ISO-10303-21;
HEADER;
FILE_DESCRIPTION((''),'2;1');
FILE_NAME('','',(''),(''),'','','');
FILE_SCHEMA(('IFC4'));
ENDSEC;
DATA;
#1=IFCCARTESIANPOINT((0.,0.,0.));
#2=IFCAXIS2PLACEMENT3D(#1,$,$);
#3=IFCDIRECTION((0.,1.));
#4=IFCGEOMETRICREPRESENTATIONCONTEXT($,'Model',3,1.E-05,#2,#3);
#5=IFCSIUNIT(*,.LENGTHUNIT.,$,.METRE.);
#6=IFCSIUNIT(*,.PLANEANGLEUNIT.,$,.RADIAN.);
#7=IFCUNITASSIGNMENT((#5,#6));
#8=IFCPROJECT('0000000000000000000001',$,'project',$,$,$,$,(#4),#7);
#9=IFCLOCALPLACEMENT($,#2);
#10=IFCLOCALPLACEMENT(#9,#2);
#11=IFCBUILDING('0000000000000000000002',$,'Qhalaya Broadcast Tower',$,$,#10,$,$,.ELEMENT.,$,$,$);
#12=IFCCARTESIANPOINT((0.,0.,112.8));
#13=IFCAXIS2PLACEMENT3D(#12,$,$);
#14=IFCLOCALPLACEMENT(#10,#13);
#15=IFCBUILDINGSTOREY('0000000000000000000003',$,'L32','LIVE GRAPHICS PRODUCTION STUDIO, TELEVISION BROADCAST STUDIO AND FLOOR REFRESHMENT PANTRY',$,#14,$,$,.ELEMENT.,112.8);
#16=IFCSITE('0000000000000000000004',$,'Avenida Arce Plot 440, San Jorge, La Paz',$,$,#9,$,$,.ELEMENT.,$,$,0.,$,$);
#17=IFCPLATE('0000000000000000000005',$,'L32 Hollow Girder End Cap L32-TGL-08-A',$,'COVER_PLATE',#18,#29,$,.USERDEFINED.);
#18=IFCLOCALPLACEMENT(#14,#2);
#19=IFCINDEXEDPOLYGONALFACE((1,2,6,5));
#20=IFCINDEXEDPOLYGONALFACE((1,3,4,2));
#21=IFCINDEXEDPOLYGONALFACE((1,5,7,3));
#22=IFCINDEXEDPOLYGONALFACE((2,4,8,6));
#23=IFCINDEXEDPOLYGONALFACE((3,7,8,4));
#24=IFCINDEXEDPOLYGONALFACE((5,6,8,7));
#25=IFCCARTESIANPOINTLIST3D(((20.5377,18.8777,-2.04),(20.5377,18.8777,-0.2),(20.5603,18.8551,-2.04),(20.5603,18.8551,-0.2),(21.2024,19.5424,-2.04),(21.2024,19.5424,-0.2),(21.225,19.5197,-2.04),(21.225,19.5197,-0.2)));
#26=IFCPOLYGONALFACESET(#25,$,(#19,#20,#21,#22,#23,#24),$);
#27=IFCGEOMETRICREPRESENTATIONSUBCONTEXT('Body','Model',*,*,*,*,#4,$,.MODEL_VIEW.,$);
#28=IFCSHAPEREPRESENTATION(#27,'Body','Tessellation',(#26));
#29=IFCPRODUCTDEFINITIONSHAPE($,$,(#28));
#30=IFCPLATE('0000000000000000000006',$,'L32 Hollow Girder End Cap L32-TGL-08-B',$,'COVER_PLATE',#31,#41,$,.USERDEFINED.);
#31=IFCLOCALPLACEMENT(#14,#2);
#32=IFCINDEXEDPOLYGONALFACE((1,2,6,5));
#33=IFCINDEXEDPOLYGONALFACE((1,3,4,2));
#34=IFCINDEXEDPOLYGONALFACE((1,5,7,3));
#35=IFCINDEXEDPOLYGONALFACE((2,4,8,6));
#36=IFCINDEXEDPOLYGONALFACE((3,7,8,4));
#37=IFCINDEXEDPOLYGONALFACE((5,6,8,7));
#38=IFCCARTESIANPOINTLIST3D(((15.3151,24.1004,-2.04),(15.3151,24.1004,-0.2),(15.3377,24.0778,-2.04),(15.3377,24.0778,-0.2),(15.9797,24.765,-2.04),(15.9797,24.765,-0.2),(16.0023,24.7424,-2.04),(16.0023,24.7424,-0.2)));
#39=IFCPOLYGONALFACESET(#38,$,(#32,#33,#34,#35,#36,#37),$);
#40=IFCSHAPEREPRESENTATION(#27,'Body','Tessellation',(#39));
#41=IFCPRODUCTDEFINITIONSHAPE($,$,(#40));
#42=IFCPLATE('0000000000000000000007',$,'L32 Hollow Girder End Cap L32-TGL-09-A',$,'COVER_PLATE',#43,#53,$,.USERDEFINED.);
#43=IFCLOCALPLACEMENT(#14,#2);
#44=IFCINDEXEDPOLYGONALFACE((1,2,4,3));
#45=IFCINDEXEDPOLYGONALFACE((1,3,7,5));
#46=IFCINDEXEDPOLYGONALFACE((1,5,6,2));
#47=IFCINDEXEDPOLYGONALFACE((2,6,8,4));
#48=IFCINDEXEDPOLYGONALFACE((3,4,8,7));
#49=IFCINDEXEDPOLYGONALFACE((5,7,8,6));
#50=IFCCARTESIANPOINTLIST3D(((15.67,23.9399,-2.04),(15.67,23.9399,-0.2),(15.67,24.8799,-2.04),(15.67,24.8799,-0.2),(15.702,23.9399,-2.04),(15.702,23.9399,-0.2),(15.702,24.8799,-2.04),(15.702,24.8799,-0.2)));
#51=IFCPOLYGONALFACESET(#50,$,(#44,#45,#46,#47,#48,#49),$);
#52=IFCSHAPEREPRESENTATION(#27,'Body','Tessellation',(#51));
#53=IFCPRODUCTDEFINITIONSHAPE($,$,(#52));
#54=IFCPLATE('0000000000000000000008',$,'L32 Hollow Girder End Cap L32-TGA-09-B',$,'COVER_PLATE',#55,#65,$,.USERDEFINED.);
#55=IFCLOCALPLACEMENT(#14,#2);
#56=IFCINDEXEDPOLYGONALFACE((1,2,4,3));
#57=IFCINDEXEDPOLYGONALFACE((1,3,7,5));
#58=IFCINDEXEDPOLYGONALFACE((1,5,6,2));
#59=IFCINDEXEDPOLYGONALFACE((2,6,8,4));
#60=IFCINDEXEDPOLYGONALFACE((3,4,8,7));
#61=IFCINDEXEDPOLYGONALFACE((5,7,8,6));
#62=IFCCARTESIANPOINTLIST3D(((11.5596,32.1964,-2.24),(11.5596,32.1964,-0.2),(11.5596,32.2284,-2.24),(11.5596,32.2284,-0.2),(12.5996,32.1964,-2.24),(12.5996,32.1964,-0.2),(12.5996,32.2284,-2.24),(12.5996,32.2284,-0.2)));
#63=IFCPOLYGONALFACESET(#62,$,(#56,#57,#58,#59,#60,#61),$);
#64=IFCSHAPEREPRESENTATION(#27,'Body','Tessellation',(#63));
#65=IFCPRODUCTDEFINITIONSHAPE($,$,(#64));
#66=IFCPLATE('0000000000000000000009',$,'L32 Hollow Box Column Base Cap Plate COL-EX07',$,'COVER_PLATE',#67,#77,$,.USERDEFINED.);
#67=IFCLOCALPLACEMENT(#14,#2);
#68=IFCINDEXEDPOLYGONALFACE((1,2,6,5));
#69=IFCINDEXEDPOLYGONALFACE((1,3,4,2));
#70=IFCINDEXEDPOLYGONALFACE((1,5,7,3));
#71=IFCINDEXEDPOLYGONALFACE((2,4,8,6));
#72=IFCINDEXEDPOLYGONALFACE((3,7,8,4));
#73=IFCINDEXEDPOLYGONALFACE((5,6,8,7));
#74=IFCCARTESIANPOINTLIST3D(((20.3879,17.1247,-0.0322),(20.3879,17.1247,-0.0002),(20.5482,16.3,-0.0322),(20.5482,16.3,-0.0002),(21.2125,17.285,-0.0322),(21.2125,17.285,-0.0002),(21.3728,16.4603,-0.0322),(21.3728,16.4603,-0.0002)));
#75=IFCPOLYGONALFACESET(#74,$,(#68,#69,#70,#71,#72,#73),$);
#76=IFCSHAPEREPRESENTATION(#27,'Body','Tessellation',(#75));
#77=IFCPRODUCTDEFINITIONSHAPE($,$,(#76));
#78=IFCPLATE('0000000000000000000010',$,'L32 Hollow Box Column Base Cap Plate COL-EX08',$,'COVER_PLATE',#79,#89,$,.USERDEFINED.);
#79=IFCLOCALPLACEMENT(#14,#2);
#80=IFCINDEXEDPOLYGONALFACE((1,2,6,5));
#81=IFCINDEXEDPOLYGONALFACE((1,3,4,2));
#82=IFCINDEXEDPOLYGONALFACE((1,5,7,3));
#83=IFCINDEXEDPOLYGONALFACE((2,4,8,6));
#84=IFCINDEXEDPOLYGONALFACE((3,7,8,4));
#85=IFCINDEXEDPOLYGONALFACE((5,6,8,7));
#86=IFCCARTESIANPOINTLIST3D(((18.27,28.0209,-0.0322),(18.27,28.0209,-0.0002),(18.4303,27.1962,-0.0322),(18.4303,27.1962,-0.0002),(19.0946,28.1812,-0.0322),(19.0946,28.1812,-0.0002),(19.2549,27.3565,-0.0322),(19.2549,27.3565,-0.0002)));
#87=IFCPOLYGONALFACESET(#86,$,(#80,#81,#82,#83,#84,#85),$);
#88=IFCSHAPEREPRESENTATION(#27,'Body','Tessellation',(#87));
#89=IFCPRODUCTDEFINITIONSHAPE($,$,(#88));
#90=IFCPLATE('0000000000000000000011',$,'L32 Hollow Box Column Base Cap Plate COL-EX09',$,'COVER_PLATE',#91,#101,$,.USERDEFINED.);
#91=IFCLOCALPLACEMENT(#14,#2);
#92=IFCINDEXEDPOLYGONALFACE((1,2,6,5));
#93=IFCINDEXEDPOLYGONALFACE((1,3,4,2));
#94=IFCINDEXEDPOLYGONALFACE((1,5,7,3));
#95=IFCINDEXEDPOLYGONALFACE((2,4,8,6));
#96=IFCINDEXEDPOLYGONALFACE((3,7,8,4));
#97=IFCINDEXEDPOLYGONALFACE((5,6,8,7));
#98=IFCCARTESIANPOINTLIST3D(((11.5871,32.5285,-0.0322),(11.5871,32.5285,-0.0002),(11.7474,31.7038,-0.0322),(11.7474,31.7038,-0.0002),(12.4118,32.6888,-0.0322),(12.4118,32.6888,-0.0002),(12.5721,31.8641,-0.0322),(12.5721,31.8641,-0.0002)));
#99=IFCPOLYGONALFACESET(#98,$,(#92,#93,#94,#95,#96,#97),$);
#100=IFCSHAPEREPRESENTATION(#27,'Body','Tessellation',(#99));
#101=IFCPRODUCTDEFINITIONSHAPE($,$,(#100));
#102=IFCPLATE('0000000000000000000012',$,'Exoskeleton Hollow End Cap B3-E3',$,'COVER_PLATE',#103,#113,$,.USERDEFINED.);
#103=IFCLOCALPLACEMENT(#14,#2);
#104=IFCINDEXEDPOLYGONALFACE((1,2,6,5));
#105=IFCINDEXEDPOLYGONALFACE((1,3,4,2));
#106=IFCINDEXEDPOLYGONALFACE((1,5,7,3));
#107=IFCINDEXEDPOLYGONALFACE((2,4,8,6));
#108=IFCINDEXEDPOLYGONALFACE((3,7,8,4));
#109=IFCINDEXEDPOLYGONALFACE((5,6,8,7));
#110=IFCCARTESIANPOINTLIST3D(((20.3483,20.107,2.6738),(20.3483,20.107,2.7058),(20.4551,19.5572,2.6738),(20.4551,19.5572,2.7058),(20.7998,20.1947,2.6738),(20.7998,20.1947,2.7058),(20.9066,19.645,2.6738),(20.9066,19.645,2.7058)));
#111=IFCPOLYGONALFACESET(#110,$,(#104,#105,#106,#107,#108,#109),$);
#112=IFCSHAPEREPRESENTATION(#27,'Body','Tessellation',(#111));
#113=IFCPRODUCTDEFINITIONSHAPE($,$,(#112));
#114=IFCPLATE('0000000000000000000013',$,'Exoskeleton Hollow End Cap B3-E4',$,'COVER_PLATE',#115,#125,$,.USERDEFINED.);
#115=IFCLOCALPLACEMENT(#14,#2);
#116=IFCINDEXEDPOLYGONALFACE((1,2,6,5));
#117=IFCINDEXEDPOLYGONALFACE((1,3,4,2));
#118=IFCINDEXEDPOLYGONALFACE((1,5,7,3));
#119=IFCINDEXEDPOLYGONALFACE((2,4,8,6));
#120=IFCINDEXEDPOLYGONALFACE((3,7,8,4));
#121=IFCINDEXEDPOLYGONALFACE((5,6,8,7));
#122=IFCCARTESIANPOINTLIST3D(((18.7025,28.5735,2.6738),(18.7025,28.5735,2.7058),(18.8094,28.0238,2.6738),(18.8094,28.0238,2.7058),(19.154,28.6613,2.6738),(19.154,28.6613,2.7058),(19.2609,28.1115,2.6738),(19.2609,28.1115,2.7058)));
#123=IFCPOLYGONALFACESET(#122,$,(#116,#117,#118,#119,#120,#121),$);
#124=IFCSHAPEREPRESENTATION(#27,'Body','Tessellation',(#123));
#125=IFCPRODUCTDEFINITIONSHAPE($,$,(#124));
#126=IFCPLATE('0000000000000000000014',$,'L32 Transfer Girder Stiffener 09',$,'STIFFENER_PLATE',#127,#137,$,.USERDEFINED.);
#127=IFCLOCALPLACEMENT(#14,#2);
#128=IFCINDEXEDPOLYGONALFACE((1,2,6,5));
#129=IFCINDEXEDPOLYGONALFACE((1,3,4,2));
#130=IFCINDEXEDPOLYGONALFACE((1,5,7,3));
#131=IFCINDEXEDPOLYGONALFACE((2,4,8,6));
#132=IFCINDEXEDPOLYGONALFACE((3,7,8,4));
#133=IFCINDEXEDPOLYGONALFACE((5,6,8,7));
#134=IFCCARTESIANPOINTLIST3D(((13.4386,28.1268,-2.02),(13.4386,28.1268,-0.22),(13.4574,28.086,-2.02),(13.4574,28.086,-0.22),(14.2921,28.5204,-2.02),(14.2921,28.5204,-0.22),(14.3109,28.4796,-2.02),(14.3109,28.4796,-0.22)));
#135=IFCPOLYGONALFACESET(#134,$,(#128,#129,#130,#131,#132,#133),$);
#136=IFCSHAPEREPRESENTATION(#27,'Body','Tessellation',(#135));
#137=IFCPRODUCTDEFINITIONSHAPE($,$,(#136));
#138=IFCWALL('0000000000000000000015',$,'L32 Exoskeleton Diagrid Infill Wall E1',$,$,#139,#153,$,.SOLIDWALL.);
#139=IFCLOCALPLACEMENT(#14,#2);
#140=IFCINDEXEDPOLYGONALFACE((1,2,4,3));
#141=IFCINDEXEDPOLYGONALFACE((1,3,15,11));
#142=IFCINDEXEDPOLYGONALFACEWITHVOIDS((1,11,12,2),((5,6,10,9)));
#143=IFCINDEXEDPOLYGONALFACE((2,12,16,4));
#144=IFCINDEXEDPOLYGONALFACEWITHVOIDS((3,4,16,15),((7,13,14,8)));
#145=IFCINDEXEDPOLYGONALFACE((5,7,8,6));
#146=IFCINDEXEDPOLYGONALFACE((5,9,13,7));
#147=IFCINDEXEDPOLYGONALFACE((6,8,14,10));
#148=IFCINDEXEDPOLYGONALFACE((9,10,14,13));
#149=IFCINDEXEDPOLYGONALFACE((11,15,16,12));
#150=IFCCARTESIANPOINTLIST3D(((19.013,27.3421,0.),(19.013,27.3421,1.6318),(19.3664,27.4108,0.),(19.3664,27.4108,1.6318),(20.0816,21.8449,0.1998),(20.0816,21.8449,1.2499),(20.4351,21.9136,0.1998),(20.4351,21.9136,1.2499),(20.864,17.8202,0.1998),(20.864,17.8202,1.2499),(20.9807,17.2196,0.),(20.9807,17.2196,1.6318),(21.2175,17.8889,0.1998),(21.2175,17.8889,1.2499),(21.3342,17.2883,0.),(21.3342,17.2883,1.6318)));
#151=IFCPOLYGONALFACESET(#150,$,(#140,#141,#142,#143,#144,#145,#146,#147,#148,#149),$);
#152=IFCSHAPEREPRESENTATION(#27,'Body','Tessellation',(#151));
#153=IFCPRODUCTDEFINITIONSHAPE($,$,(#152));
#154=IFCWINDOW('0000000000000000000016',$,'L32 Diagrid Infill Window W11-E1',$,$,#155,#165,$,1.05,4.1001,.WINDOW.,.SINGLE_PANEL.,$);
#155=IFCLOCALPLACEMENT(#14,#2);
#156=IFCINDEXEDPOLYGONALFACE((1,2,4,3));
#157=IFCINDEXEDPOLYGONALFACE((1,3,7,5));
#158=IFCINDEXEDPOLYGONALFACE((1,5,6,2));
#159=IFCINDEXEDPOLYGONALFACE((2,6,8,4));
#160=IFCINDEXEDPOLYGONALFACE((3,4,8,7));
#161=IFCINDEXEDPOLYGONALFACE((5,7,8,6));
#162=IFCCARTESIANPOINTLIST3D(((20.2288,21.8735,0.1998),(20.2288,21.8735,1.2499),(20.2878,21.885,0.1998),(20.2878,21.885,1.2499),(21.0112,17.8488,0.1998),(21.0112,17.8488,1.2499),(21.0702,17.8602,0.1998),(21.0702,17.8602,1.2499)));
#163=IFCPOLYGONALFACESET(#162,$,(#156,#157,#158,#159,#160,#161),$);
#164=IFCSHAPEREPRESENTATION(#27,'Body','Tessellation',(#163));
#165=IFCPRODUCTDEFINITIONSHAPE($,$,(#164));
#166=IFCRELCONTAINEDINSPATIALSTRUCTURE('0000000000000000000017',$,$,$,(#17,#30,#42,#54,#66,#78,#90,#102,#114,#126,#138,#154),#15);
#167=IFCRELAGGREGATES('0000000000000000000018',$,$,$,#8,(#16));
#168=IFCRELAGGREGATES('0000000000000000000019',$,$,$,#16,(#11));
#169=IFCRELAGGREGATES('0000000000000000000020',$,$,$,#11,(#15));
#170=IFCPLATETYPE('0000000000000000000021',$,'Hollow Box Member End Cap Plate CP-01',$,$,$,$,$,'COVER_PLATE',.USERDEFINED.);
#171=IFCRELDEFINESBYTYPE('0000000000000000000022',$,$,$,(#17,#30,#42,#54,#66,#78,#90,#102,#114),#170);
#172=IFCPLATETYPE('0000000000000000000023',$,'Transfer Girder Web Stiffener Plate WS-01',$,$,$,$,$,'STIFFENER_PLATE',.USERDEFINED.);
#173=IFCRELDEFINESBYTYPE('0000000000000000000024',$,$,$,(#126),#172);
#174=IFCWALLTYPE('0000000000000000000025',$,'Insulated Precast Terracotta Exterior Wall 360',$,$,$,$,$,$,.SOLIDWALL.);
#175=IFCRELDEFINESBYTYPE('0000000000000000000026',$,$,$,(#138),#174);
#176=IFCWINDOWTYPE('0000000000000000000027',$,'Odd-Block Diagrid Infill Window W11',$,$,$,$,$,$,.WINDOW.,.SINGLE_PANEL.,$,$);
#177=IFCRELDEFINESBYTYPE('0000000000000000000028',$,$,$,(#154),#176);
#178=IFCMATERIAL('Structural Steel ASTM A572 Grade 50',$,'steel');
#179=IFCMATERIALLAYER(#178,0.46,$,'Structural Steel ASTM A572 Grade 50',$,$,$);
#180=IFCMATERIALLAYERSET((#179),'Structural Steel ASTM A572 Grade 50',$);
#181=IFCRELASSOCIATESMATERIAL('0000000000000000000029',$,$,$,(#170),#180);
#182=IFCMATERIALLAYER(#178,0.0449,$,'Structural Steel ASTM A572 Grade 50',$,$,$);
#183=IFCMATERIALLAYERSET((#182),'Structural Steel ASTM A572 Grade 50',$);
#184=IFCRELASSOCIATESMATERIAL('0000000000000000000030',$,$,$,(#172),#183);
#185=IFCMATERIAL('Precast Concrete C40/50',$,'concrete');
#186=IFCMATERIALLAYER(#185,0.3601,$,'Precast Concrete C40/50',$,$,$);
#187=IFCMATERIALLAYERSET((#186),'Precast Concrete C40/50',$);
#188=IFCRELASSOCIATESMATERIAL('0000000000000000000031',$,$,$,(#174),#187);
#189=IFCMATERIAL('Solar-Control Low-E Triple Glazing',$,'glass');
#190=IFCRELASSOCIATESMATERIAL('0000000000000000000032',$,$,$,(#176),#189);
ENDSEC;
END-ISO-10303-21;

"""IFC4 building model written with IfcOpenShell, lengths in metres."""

from ifc_helpers import new_model, si_unit, direction, frame, frame_2d, origin, origin_2d, place, context, subcontext, project, spatial, rectangle, extrude, material, layer, layer_set, type_object, element, fill, save


model = new_model("IFC4")

# Units and contexts
model_context = context("Model", 3, precision=1e-05, world=origin(), true_north=direction((0.0, 1.0)))
body_context = subcontext(model_context, "Body", "Model", "MODEL_VIEW")
ifc_project = project(units=[si_unit("LENGTHUNIT", "METRE"), si_unit("PLANEANGLEUNIT", "RADIAN")], contexts=[model_context])

# Site, building, storey
site_placement = place(None, origin())
site = spatial("IfcSite", under=ifc_project, at=site_placement, Name="Avenida Arce Plot 440, San Jorge, La Paz", CompositionType="ELEMENT", RefElevation=0.0)
building_placement = place(site_placement, origin())
building = spatial("IfcBuilding", under=site, at=building_placement, Name="Qhalaya Broadcast Tower", CompositionType="ELEMENT")
storey_placement = place(building_placement, frame((0.0, 0.0, 112.8)))
storey = spatial("IfcBuildingStorey", under=building, at=storey_placement, Name="L32", Description="LIVE GRAPHICS PRODUCTION STUDIO, TELEVISION BROADCAST STUDIO AND FLOOR REFRESHMENT PANTRY", CompositionType="ELEMENT", Elevation=112.8)

# Shared definitions
ifc_material_1 = material(Name="Structural Steel ASTM A572 Grade 50", Category="steel")

# Plates
ifc_layer_1 = layer(ifc_material_1, 0.46, Name="Structural Steel ASTM A572 Grade 50")
ifc_layer_set_1 = layer_set([ifc_layer_1], Name="Structural Steel ASTM A572 Grade 50")
plate_type_1 = type_object("IfcPlateType", Name="Hollow Box Member End Cap Plate CP-01", ElementType="COVER_PLATE", PredefinedType="USERDEFINED", material=ifc_layer_set_1)
for number, where, z_axis, x_axis, name in (
    (1, (20.8813, 19.1987, -2.04), (0.0, 0.0, 1.0), (-0.707107, -0.707107, 0.0), "L32 Hollow Girder End Cap L32-TGL-08-A"),
    (2, (15.6587, 24.4214, -2.04), (0.0, 0.0, 1.0), (-0.707107, -0.707107, 0.0), "L32 Hollow Girder End Cap L32-TGL-08-B"),
    (3, (15.686, 24.4099, -2.04), (0.0, 0.0, 1.0), (0.0, -1.0, 0.0), "L32 Hollow Girder End Cap L32-TGL-09-A"),
):
    element("IfcPlate", number, at=place(storey_placement, frame(where, z_axis=z_axis, x_axis=x_axis)), inside=storey, type_object=plate_type_1, Name=name, ObjectType="COVER_PLATE", PredefinedType="USERDEFINED", context=body_context, shape_type="SweptSolid", body=[
        extrude(rectangle(XDim=0.9399, YDim=0.032, at=origin_2d()), origin(), (0.0, 0.0, 1.0), 1.8401),
    ])
plate_1_placement = place(storey_placement, frame((12.0796, 32.2124, -2.24), z_axis=(0.0, 0.0, 1.0), x_axis=(-1.0, 0.0, 0.0)))
element("IfcPlate", 4, at=plate_1_placement, inside=storey, type_object=plate_type_1, Name="L32 Hollow Girder End Cap L32-TGA-09-B", ObjectType="COVER_PLATE", PredefinedType="USERDEFINED", context=body_context, shape_type="SweptSolid", body=[
    extrude(rectangle(XDim=1.04, YDim=0.032, at=origin_2d()), origin(), (0.0, 0.0, 1.0), 2.04),
])
for number, where, z_axis, x_axis, name in (
    (5, (20.8804, 16.7925, -0.0322), (0.0, 0.0, 1.0), (-0.190809, 0.981627, 0.0), "L32 Hollow Box Column Base Cap Plate COL-EX07"),
    (6, (18.7625, 27.6887, -0.0322), (0.0, 0.0, 1.0), (-0.190809, 0.981627, 0.0), "L32 Hollow Box Column Base Cap Plate COL-EX08"),
    (7, (12.0796, 32.1963, -0.0322), (0.0, 0.0, 1.0), (0.981627, 0.190809, 0.0), "L32 Hollow Box Column Base Cap Plate COL-EX09"),
):
    element("IfcPlate", number, at=place(storey_placement, frame(where, z_axis=z_axis, x_axis=x_axis)), inside=storey, type_object=plate_type_1, Name=name, ObjectType="COVER_PLATE", PredefinedType="USERDEFINED", context=body_context, shape_type="SweptSolid", body=[
        extrude(rectangle(XDim=0.8401, YDim=0.8401, at=origin_2d()), origin(), (0.0, 0.0, 1.0), 0.032),
    ])
for number, where, z_axis, x_axis, name in (
    (8, (20.6274, 19.876, 2.6738), (0.0, 0.0, 1.0), (-0.190809, 0.981627, 0.0), "Exoskeleton Hollow End Cap B3-E3"),
    (9, (18.9817, 28.3425, 2.6738), (0.0, 0.0, 1.0), (-0.190809, 0.981627, 0.0), "Exoskeleton Hollow End Cap B3-E4"),
):
    element("IfcPlate", number, at=place(storey_placement, frame(where, z_axis=z_axis, x_axis=x_axis)), inside=storey, type_object=plate_type_1, Name=name, ObjectType="COVER_PLATE", PredefinedType="USERDEFINED", context=body_context, shape_type="SweptSolid", body=[
        extrude(rectangle(XDim=0.5601, YDim=0.46, at=origin_2d()), origin(), (0.0, 0.0, 1.0), 0.032),
    ])
ifc_layer_2 = layer(ifc_material_1, 0.0449, Name="Structural Steel ASTM A572 Grade 50")
ifc_layer_set_2 = layer_set([ifc_layer_2], Name="Structural Steel ASTM A572 Grade 50")
plate_type_2 = type_object("IfcPlateType", Name="Transfer Girder Web Stiffener Plate WS-01", ElementType="STIFFENER_PLATE", PredefinedType="USERDEFINED", material=ifc_layer_set_2)
plate_2_placement = place(storey_placement, frame((13.8748, 28.3032, -2.02), z_axis=(0.0, 0.0, 1.0), x_axis=(-0.908099, -0.418755, 0.0)))
element("IfcPlate", 10, at=plate_2_placement, inside=storey, type_object=plate_type_2, Name="L32 Transfer Girder Stiffener 09", ObjectType="STIFFENER_PLATE", PredefinedType="USERDEFINED", context=body_context, shape_type="SweptSolid", body=[
    extrude(rectangle(XDim=0.9399, YDim=0.0449, at=origin_2d()), origin(), (0.0, 0.0, 1.0), 1.8),
])

# Wall, opening, window
ifc_material_2 = material(Name="Precast Concrete C40/50", Category="concrete")
ifc_layer_3 = layer(ifc_material_2, 0.3601, Name="Precast Concrete C40/50")
ifc_layer_set_3 = layer_set([ifc_layer_3], Name="Precast Concrete C40/50")
wall_type = type_object("IfcWallType", Name="Insulated Precast Terracotta Exterior Wall 360", PredefinedType="SOLIDWALL", material=ifc_layer_set_3)
wall_placement = place(storey_placement, frame((19.1897, 27.3765, 0.0), z_axis=(0.0, 0.0, 1.0), x_axis=(0.190823, -0.981625, 0.0)))
wall = element("IfcWall", 11, at=wall_placement, inside=storey, type_object=wall_type, Name="L32 Exoskeleton Diagrid Infill Wall E1", PredefinedType="SOLIDWALL", context=body_context, shape_type="SweptSolid", body=[
    extrude(rectangle(XDim=10.312, YDim=0.3601, at=frame_2d((5.156, 0.0))), origin(), (0.0, 0.0, 1.0), 1.6318),
])
opening_placement = place(wall_placement, frame((5.6001, 0.0, 0.2)))
opening = element("IfcOpeningElement", 12, at=opening_placement, cuts=wall, PredefinedType="OPENING", context=body_context, shape_type="SweptSolid", body=[
    extrude(rectangle(XDim=4.1001, YDim=1.05, at=frame_2d((2.05, 0.5249))), frame((0.0, 0.1921, 0.0), z_axis=(0.0, -1.0, 0.0), x_axis=(1.0, 0.0, 0.0)), (0.0, 0.0, 1.0), 0.384),
])
ifc_material_3 = material(Name="Solar-Control Low-E Triple Glazing", Category="glass")
window_type = type_object("IfcWindowType", Name="Odd-Block Diagrid Infill Window W11", PartitioningType="SINGLE_PANEL", PredefinedType="WINDOW", material=ifc_material_3)
window_placement = place(opening_placement, origin())
window = element("IfcWindow", 13, at=window_placement, inside=storey, type_object=window_type, Name="L32 Diagrid Infill Window W11-E1", OverallHeight=1.05, OverallWidth=4.1001, PartitioningType="SINGLE_PANEL", PredefinedType="WINDOW", context=body_context, shape_type="SweptSolid", body=[
    extrude(rectangle(XDim=4.1001, YDim=1.05, at=frame_2d((2.05, 0.5249))), frame((0.0, 0.03, 0.0), z_axis=(0.0, -1.0, 0.0), x_axis=(1.0, 0.0, 0.0)), (0.0, 0.0, 1.0), 0.0601),
])
fill(opening, window)

save(model, "model.ifc")
